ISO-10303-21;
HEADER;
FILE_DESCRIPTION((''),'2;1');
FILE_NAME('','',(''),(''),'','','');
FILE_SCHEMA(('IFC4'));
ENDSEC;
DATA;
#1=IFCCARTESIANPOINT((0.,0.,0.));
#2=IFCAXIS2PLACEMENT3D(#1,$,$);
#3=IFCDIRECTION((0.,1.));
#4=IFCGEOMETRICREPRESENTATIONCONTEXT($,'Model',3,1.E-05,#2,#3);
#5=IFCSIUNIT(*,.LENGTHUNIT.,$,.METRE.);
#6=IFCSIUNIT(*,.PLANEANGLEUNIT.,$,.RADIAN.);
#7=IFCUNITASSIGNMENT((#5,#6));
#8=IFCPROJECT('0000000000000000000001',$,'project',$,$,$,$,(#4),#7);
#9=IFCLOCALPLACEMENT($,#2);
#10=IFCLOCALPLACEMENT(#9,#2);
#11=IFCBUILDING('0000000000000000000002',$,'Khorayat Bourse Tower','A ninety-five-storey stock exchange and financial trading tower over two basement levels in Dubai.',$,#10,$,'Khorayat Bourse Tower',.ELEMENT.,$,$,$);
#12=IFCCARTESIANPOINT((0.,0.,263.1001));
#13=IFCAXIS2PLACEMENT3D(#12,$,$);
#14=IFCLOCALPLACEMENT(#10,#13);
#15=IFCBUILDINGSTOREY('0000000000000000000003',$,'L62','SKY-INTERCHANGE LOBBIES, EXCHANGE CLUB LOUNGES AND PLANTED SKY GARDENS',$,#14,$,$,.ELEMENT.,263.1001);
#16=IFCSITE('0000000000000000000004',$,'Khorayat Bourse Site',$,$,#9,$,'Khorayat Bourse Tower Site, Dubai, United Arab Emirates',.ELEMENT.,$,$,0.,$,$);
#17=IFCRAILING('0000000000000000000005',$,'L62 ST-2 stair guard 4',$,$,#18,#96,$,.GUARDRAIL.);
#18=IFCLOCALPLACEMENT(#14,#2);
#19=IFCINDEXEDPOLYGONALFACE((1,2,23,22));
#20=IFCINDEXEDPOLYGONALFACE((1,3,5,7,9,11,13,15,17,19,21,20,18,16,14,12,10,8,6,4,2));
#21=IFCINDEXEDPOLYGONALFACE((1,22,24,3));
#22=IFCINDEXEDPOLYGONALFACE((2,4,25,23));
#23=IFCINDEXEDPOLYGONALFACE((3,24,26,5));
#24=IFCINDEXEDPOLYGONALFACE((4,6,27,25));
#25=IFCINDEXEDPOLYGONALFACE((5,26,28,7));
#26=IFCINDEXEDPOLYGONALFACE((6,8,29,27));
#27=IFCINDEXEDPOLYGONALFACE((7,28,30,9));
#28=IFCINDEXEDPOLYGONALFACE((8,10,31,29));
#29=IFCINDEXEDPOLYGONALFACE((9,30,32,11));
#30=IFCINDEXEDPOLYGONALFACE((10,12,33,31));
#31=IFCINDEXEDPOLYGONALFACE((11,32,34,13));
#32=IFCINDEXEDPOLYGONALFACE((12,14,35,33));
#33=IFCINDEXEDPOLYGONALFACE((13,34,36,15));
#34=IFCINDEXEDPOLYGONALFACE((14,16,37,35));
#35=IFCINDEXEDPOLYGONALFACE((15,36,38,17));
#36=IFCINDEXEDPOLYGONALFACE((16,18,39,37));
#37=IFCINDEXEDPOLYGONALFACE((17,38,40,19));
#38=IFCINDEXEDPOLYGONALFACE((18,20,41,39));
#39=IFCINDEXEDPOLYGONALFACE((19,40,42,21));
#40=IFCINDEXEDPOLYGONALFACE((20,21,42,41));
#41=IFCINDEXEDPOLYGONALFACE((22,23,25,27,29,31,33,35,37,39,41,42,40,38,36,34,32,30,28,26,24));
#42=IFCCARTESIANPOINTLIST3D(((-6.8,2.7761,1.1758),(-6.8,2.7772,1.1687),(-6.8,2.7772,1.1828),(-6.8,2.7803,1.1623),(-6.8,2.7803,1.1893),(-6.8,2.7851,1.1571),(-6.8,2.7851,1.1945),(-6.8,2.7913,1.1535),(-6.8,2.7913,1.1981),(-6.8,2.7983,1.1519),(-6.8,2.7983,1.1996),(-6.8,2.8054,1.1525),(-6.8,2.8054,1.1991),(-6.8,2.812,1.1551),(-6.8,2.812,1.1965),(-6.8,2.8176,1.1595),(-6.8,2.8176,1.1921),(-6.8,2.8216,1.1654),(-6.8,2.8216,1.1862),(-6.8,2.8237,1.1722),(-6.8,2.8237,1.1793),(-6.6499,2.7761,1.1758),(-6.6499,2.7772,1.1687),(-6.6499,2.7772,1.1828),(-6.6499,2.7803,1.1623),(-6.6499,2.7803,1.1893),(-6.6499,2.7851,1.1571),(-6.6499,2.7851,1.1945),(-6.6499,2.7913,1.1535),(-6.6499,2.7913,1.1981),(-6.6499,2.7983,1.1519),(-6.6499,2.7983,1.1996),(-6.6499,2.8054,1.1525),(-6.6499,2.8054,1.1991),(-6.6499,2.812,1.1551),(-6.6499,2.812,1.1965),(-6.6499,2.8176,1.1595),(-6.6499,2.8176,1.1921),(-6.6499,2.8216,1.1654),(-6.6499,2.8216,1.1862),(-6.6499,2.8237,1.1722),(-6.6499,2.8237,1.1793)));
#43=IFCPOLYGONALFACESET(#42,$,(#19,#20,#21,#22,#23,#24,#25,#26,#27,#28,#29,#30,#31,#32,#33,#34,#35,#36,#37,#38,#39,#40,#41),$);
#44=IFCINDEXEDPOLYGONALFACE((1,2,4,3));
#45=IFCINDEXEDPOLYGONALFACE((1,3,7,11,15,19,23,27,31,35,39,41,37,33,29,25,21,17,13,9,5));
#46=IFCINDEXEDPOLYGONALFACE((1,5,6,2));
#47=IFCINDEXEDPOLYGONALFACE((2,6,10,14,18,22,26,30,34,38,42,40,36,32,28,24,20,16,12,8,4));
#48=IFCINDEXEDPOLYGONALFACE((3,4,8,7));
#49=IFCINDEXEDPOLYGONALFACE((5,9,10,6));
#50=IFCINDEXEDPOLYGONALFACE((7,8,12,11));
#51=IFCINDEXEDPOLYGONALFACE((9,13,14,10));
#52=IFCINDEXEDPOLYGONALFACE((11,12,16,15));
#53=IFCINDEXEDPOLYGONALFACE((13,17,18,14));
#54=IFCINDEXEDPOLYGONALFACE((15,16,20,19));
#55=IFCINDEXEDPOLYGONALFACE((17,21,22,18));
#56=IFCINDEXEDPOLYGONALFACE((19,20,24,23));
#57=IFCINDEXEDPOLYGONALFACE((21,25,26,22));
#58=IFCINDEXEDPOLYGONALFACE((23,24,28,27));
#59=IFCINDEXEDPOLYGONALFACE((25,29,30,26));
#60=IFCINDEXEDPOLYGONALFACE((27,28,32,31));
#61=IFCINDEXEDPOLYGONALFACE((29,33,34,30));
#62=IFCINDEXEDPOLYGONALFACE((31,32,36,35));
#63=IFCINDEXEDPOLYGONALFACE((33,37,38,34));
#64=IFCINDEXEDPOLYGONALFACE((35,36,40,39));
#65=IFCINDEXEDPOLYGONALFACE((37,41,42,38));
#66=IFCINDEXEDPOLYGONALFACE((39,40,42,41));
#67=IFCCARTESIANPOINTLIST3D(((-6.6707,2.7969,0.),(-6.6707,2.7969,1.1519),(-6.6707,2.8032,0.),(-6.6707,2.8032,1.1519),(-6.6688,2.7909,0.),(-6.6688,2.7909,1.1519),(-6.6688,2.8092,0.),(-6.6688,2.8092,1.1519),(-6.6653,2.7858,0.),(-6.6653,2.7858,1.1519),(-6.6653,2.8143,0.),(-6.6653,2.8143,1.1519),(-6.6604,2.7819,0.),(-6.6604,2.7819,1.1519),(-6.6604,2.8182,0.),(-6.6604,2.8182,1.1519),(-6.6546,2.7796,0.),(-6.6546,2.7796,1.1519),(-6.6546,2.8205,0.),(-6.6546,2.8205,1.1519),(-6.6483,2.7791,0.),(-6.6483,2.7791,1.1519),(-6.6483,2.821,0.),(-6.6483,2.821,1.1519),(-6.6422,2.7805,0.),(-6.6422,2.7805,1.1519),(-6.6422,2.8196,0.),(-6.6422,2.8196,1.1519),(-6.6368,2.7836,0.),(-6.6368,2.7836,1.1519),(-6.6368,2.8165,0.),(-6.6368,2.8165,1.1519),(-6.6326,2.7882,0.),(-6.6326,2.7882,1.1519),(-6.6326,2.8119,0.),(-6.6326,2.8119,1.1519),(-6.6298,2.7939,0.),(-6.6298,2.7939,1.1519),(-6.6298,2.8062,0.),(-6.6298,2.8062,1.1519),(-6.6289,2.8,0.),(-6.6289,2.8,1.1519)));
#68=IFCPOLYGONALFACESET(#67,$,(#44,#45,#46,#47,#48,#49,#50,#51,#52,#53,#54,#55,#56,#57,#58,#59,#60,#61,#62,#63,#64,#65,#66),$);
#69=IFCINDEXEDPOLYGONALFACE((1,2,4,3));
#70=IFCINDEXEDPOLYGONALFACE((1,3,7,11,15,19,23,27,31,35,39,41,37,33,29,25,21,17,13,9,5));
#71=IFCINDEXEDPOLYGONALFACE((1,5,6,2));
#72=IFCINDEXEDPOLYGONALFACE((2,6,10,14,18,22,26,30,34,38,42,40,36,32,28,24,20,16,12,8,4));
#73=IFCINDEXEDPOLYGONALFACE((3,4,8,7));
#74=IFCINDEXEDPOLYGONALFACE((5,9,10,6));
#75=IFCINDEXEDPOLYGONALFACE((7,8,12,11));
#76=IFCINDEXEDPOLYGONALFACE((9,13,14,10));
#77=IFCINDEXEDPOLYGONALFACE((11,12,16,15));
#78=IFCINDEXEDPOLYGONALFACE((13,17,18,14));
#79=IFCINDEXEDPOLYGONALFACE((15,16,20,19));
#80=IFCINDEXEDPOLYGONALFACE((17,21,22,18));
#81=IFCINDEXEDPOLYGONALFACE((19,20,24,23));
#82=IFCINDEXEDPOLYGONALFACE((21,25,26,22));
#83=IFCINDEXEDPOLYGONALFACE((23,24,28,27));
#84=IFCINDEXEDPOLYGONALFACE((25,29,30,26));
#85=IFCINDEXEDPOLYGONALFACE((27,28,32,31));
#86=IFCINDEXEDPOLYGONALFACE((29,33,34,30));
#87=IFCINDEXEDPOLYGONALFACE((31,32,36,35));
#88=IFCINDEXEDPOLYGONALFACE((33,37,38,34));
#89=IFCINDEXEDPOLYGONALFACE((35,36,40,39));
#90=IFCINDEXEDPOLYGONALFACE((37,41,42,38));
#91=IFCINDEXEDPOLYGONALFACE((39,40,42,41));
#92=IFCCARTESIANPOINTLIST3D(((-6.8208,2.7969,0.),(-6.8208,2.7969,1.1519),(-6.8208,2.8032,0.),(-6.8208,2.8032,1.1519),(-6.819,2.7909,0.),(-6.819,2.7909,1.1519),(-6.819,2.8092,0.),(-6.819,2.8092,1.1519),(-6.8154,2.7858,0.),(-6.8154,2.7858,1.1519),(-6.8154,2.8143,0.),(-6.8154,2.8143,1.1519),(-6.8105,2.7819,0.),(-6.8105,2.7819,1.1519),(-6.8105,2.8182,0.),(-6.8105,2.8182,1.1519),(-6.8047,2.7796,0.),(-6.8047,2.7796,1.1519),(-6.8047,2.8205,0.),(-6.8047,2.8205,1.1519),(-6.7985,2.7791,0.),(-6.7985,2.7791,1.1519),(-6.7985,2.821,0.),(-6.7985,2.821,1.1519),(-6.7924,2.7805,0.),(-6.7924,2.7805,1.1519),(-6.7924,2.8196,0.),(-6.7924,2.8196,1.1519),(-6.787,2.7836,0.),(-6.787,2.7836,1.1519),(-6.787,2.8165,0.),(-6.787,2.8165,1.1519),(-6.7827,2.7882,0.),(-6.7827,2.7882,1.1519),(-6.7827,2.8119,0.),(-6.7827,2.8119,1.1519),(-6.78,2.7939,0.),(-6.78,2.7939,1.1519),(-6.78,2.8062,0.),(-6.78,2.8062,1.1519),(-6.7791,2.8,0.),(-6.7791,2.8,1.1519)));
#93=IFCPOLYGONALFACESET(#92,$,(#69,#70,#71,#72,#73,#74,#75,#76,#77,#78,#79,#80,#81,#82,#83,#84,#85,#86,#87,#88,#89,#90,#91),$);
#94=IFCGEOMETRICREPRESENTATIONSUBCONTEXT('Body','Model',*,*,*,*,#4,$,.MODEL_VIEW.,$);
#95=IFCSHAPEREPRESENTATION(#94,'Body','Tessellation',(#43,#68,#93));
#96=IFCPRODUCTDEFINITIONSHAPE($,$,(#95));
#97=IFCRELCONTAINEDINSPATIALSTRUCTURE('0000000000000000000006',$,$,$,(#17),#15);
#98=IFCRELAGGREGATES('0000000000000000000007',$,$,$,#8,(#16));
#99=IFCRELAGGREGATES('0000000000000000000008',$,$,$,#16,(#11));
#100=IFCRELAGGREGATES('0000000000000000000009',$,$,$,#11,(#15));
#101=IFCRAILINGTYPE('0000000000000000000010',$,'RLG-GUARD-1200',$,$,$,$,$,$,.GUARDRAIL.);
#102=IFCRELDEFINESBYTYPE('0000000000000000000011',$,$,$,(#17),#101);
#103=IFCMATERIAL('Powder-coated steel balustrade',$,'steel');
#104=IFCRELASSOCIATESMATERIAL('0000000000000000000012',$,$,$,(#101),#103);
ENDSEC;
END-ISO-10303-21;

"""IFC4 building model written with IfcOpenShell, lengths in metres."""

from ifc_helpers import new_model, si_unit, direction, frame, origin, origin_2d, place, context, subcontext, project, spatial, circle, extrude, source, transform, mapped, material, type_object, element, save


model = new_model("IFC4")

# Units and contexts
model_context = context("Model", 3, precision=1e-05, world=origin(), true_north=direction((0.0, 1.0)))
body_context = subcontext(model_context, "Body", "Model", "MODEL_VIEW")
ifc_project = project(units=[si_unit("LENGTHUNIT", "METRE"), si_unit("PLANEANGLEUNIT", "RADIAN")], contexts=[model_context])

# Site, building, storey
site_placement = place(None, origin())
site = spatial("IfcSite", under=ifc_project, at=site_placement, Name="Khorayat Bourse Site", LongName="Khorayat Bourse Tower Site, Dubai, United Arab Emirates", CompositionType="ELEMENT", RefElevation=0.0)
building_placement = place(site_placement, origin())
building = spatial("IfcBuilding", under=site, at=building_placement, Name="Khorayat Bourse Tower", Description="A ninety-five-storey stock exchange and financial trading tower over two basement levels in Dubai.", LongName="Khorayat Bourse Tower", CompositionType="ELEMENT")
storey_placement = place(building_placement, frame((0.0, 0.0, 263.1001)))
storey = spatial("IfcBuildingStorey", under=building, at=storey_placement, Name="L62", Description="SKY-INTERCHANGE LOBBIES, EXCHANGE CLUB LOUNGES AND PLANTED SKY GARDENS", CompositionType="ELEMENT", Elevation=263.1001)

# Railing
ifc_material_1 = material(Name="Powder-coated steel balustrade", Category="steel")
railing_type_1 = type_object("IfcRailingType", Name="RLG-GUARD-1200", PredefinedType="GUARDRAIL", material=ifc_material_1)
shared_shape_1 = source(origin(), body_context, "Body", "SweptSolid", [
    extrude(circle(Radius=0.0239, at=origin_2d()), frame((0.0, 0.0, 1.1758), z_axis=(-1.0, 0.0, 0.0), x_axis=(0.0, -1.0, 0.0)), (0.0, 0.0, 1.0), 0.1501),
    extrude(circle(Radius=0.021, at=origin_2d()), origin(), (0.0, 0.0, 1.0), 1.1519),
    extrude(circle(Radius=0.021, at=origin_2d()), frame((-0.1501, 0.0, 0.0)), (0.0, 0.0, 1.0), 1.1519),
])
for number, where, name in (
    (1, (-6.6499, 2.8, 0.0), "L62 ST-2 stair guard 4"),
):
    element("IfcRailing", number, at=place(storey_placement, frame(where)), inside=storey, type_object=railing_type_1, Name=name, PredefinedType="GUARDRAIL", context=body_context, shape_type="MappedRepresentation", body=[
        mapped(shared_shape_1, transform((0.0, 0.0, 0.0), scale=1.0)),
    ])

save(model, "model.ifc")
